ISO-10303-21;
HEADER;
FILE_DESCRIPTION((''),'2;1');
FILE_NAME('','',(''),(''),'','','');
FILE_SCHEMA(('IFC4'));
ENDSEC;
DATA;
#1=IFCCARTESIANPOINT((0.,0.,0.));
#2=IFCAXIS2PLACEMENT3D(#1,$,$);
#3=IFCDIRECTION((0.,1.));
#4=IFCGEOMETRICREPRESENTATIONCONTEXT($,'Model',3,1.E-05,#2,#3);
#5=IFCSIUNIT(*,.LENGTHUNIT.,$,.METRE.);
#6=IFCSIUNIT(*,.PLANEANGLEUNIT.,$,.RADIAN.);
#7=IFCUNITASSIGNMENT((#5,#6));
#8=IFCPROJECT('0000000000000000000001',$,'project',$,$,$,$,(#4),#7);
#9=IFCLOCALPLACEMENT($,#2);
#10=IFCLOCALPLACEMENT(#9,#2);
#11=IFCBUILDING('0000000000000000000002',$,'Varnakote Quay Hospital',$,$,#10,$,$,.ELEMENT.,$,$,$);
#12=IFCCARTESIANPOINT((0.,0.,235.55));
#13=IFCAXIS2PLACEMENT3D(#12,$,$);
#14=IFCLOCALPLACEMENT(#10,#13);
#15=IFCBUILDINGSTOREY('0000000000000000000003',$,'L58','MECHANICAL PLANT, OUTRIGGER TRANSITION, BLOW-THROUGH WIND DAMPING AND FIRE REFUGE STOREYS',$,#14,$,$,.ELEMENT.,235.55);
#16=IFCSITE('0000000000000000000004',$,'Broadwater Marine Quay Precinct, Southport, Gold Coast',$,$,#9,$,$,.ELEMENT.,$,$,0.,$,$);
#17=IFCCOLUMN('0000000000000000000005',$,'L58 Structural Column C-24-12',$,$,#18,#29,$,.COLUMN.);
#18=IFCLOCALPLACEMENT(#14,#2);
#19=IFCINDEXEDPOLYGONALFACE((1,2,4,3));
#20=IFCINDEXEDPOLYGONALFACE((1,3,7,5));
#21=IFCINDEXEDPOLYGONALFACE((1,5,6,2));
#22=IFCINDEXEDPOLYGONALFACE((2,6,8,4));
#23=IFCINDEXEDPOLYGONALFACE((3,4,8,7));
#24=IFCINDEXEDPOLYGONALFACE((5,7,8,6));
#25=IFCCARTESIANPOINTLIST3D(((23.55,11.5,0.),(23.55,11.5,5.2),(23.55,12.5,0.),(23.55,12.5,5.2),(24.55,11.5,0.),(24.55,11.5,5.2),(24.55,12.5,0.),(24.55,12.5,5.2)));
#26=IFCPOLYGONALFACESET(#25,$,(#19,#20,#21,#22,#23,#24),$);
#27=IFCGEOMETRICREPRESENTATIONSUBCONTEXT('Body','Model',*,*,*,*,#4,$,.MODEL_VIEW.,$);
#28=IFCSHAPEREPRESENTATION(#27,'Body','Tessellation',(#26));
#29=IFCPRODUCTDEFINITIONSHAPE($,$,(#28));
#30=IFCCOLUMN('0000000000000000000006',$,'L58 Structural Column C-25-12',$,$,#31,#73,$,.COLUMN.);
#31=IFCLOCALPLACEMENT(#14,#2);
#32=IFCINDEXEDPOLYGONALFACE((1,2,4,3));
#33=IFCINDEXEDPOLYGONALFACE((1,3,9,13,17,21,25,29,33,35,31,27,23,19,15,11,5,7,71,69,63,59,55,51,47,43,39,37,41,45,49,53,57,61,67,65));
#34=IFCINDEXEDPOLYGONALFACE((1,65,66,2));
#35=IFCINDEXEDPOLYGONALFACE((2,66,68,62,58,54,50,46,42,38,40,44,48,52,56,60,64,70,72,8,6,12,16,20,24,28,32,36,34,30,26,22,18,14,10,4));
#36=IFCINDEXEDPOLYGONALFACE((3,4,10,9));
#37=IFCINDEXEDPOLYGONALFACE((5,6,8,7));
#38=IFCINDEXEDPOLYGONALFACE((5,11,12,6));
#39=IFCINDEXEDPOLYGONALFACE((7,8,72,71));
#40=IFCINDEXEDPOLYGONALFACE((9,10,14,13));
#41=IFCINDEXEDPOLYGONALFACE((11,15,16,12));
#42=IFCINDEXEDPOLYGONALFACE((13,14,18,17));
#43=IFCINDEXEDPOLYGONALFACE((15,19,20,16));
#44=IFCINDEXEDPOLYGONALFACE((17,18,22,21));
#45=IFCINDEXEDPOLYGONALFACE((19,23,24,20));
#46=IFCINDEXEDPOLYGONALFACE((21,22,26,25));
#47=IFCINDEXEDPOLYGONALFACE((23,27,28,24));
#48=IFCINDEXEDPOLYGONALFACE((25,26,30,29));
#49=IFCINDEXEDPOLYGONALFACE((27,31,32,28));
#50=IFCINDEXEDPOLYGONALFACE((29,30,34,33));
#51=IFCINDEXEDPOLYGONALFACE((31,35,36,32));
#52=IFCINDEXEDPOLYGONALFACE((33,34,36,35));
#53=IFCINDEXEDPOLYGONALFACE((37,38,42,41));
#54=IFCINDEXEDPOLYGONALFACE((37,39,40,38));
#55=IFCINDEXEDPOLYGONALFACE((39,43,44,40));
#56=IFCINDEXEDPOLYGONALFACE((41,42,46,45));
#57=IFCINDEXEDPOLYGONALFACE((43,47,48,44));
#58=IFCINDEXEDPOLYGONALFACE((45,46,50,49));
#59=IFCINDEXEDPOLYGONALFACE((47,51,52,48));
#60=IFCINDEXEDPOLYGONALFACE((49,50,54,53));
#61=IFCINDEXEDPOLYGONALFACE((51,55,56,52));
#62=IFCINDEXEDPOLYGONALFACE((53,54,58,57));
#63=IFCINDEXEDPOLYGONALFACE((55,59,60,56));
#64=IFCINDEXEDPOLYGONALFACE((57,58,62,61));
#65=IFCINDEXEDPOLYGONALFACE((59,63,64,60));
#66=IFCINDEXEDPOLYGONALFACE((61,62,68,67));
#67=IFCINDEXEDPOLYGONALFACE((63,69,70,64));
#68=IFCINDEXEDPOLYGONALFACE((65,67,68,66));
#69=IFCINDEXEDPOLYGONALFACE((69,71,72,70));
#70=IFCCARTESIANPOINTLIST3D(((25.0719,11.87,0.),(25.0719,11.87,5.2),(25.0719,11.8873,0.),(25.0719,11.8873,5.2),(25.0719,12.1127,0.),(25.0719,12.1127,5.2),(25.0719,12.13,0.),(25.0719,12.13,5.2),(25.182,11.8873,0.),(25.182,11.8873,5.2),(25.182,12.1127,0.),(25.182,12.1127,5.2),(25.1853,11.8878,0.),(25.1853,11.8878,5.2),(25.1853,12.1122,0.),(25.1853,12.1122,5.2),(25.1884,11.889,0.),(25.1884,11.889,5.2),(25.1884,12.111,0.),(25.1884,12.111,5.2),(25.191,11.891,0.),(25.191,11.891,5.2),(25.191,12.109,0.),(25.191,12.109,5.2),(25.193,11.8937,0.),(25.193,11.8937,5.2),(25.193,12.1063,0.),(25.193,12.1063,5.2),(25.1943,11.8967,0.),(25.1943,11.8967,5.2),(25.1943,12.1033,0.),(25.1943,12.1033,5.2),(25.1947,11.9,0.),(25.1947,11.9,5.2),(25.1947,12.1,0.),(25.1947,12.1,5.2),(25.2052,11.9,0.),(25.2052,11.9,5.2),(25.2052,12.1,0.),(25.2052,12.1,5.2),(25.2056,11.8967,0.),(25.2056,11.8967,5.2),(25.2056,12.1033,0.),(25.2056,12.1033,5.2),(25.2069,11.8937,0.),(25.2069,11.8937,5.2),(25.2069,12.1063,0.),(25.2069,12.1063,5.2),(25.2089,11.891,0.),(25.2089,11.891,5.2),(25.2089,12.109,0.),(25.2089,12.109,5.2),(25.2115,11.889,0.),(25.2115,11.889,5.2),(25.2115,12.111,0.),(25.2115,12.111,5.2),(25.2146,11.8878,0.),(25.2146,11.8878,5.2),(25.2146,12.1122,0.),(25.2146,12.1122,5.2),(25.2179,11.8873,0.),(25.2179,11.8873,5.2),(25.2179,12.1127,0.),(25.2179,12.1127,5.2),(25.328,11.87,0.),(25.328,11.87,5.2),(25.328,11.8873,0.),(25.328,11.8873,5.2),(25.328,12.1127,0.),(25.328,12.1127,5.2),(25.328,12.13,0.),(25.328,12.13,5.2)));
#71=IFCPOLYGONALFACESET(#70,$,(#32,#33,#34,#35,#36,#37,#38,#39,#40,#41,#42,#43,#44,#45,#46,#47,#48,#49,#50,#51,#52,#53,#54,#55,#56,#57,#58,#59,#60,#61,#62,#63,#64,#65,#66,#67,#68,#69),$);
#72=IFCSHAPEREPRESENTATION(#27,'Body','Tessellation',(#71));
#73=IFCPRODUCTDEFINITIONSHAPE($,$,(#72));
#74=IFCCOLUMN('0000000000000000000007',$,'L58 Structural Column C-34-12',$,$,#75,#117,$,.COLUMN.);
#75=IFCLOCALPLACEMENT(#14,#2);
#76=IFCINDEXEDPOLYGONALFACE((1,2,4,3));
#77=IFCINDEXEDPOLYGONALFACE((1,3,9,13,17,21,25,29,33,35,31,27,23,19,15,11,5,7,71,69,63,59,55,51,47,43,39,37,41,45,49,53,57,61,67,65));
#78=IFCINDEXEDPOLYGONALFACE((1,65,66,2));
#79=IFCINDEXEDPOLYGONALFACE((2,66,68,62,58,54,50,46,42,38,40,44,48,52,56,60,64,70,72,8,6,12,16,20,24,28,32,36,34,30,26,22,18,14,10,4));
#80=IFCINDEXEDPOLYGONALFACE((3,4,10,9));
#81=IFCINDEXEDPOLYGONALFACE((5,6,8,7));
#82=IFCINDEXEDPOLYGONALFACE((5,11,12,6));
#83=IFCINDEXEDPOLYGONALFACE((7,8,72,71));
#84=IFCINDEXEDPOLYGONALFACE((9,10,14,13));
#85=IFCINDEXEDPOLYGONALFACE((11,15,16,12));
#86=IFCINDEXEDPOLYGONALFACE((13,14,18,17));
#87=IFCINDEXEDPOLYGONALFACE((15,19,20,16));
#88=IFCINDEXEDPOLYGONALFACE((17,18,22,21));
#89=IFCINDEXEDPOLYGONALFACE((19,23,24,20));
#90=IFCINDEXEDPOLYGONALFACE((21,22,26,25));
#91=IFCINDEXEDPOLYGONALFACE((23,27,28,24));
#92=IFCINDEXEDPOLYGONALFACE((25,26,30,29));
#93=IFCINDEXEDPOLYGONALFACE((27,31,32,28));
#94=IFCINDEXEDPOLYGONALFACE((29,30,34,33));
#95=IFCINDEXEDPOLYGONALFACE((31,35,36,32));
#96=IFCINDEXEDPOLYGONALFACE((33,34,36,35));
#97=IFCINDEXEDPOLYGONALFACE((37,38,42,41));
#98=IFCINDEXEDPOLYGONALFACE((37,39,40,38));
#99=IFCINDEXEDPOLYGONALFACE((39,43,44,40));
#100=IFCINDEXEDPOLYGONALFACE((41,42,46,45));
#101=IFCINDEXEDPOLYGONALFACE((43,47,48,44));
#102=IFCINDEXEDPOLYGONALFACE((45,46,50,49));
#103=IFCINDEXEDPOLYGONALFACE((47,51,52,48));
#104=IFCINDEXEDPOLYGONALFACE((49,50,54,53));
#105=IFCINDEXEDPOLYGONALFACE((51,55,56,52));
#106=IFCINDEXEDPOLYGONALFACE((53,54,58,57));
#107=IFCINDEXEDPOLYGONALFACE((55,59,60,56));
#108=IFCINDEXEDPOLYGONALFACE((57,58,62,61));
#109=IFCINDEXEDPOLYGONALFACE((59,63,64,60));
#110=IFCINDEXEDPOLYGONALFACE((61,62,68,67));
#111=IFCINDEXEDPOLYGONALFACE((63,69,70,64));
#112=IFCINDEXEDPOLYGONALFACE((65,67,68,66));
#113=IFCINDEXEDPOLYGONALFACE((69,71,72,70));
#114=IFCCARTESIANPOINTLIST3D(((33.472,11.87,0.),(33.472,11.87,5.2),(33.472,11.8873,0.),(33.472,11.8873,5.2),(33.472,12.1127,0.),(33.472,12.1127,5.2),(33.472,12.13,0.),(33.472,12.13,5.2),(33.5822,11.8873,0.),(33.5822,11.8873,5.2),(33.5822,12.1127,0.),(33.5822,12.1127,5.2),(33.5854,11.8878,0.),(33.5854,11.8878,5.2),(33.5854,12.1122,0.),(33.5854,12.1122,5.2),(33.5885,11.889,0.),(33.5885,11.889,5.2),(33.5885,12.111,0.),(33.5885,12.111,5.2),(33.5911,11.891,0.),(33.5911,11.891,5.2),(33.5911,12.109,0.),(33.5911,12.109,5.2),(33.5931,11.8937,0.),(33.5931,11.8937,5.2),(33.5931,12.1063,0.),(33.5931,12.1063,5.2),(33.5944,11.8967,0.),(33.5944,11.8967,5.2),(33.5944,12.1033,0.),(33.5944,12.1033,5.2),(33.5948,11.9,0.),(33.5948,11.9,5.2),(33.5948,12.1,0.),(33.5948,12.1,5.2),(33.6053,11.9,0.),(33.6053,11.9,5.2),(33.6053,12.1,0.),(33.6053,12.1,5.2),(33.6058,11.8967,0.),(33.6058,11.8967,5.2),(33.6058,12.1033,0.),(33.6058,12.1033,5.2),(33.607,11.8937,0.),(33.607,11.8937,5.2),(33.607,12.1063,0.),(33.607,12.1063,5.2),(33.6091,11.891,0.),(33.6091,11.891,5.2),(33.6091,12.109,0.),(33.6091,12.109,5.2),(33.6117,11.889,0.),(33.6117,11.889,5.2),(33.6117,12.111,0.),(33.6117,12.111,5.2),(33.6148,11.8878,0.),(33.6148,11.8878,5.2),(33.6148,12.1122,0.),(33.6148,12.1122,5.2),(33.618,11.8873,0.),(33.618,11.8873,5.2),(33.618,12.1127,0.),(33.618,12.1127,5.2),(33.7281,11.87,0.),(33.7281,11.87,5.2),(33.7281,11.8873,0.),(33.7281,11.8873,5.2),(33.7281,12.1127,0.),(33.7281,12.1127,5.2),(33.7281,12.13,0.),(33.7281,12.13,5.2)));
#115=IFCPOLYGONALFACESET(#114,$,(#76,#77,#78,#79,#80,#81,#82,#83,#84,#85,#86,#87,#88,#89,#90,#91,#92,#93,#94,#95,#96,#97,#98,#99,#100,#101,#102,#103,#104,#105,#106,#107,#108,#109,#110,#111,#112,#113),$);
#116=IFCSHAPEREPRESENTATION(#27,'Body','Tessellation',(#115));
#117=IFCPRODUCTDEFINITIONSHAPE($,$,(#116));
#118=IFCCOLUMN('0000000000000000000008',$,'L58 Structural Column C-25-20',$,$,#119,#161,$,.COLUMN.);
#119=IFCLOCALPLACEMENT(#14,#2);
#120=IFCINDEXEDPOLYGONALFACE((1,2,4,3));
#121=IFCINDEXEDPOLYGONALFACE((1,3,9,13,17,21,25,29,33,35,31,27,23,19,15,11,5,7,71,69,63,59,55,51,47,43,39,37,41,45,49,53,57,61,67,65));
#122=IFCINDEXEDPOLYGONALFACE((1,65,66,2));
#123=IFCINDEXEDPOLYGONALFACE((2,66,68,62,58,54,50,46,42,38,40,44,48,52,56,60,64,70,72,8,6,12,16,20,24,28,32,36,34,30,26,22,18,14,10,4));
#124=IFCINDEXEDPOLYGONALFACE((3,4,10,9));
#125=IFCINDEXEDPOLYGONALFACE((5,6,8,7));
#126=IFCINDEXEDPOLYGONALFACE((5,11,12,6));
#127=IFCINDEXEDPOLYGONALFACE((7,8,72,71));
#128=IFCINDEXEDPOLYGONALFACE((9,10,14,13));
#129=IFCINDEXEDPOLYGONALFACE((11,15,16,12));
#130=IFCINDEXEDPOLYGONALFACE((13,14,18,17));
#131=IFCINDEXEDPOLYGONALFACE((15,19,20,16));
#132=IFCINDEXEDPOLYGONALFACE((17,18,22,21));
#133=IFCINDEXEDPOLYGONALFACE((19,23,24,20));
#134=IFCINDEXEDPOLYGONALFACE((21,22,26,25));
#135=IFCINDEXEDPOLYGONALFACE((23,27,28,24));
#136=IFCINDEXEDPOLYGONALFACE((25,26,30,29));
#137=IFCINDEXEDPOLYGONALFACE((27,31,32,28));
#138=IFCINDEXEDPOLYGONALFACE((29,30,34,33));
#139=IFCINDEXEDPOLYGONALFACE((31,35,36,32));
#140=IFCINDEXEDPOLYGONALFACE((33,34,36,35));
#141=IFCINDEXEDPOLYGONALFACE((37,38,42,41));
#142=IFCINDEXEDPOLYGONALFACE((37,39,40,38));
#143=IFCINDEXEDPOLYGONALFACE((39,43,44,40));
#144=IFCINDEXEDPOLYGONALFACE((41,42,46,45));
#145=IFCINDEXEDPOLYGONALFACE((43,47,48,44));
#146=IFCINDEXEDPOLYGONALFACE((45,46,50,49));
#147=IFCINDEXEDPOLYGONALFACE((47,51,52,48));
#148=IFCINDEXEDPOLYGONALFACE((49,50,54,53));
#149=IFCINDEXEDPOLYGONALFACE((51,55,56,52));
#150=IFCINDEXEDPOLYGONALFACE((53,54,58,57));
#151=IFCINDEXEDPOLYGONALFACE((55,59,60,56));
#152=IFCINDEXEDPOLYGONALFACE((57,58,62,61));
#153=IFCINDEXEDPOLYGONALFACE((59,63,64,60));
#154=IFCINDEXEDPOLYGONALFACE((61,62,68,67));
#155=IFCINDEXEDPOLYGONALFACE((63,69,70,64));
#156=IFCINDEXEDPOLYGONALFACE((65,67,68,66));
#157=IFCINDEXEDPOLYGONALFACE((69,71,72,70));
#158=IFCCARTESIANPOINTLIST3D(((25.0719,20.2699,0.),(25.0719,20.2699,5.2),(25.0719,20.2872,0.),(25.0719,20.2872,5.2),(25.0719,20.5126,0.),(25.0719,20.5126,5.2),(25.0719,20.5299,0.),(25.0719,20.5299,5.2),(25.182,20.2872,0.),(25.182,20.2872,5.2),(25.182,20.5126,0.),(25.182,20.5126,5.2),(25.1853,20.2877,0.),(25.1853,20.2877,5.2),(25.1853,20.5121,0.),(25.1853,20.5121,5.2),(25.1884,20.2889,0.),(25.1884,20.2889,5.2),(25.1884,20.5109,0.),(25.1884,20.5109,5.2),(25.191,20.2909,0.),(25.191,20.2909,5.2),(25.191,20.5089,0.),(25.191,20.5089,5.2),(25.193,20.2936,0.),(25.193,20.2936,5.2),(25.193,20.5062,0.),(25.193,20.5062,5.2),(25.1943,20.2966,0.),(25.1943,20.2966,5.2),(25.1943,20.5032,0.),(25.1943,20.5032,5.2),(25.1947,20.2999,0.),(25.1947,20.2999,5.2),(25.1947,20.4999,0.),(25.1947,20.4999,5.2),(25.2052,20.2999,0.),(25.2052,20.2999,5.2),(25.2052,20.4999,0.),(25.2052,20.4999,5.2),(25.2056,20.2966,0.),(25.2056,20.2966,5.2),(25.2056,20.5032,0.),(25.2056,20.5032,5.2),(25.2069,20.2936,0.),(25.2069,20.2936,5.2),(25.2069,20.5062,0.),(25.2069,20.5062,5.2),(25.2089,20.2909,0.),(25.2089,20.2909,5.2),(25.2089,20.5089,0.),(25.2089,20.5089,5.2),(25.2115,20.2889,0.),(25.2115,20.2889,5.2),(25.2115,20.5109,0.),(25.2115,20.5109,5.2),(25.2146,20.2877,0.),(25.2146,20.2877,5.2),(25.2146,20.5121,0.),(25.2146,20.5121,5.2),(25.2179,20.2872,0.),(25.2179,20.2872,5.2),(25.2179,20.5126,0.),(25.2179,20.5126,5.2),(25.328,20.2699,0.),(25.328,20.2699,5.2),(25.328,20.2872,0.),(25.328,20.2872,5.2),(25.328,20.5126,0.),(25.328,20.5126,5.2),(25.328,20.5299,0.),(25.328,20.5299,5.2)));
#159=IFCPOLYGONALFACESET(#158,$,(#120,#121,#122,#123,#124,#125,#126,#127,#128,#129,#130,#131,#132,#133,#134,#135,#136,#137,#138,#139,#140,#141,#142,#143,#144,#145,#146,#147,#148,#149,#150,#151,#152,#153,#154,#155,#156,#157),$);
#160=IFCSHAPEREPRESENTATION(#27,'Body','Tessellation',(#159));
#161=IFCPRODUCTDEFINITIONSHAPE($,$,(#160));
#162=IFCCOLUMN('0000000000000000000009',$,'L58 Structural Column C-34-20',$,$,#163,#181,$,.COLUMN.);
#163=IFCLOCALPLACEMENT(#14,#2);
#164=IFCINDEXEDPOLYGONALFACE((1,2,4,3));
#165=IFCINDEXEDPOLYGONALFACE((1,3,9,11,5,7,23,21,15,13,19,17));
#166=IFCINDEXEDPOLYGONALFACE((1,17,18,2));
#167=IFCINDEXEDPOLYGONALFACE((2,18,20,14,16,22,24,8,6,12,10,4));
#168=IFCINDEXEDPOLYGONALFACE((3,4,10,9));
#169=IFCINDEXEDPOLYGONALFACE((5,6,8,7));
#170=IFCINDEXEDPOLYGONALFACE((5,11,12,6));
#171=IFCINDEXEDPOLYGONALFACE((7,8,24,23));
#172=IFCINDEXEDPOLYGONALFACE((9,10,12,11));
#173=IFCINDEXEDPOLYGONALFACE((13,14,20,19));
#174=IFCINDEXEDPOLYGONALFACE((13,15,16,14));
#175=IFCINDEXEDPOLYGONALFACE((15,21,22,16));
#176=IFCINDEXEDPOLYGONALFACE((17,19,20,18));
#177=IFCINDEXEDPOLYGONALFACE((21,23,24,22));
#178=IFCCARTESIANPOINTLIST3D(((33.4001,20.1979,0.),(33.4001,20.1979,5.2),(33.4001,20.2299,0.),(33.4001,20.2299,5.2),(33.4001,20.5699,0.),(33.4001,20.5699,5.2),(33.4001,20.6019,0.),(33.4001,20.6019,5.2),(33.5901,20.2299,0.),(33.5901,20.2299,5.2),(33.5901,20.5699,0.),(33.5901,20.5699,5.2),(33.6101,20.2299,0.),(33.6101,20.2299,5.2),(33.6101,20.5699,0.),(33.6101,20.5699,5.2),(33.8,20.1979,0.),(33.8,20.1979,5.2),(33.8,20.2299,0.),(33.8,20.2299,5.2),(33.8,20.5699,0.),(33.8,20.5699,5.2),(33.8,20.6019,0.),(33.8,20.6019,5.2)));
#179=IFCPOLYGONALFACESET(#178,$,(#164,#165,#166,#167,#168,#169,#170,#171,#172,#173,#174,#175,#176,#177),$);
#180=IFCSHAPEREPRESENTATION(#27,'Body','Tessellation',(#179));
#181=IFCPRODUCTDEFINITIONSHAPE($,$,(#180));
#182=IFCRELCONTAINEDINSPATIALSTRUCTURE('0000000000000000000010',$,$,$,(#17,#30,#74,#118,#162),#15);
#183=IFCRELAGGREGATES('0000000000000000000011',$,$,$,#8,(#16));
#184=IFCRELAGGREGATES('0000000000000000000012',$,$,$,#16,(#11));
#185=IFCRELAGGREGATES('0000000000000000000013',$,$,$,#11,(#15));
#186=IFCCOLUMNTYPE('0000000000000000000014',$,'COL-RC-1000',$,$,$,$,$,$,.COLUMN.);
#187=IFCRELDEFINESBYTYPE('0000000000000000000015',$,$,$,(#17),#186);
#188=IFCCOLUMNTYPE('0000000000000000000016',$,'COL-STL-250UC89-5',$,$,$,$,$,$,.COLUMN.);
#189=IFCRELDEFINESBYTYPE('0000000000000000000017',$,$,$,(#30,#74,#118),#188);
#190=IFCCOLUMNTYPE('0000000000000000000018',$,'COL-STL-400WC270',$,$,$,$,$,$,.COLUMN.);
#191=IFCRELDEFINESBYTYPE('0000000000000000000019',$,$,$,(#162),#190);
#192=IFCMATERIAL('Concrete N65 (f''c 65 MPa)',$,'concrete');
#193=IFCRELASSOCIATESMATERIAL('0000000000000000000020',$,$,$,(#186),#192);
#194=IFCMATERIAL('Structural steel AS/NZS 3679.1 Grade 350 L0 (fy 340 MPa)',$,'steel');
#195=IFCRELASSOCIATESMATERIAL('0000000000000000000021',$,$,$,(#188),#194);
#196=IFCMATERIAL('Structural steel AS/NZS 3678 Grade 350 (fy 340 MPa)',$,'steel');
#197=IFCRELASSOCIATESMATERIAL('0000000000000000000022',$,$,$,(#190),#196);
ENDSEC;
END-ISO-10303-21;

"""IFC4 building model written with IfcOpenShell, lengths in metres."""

from ifc_helpers import new_model, si_unit, direction, frame, origin, origin_2d, place, context, subcontext, project, spatial, rectangle, i_section, extrude, material, material_profile, profile_set, type_object, element, save


model = new_model("IFC4")

# Units and contexts
model_context = context("Model", 3, precision=1e-05, world=origin(), true_north=direction((0.0, 1.0)))
body_context = subcontext(model_context, "Body", "Model", "MODEL_VIEW")
ifc_project = project(units=[si_unit("LENGTHUNIT", "METRE"), si_unit("PLANEANGLEUNIT", "RADIAN")], contexts=[model_context])

# Site, building, storey
site_placement = place(None, origin())
site = spatial("IfcSite", under=ifc_project, at=site_placement, Name="Broadwater Marine Quay Precinct, Southport, Gold Coast", CompositionType="ELEMENT", RefElevation=0.0)
building_placement = place(site_placement, origin())
building = spatial("IfcBuilding", under=site, at=building_placement, Name="Varnakote Quay Hospital", CompositionType="ELEMENT")
storey_placement = place(building_placement, frame((0.0, 0.0, 235.55)))
storey = spatial("IfcBuildingStorey", under=building, at=storey_placement, Name="L58", Description="MECHANICAL PLANT, OUTRIGGER TRANSITION, BLOW-THROUGH WIND DAMPING AND FIRE REFUGE STOREYS", CompositionType="ELEMENT", Elevation=235.55)

# Columns
ifc_material_1 = material(Name="Concrete N65 (f'c 65 MPa)", Category="concrete")
ifc_material_profile_1 = material_profile(ifc_material_1, rectangle(XDim=1.0, YDim=1.0, at=origin_2d()), Name="RC-COL-1000x1000")
ifc_profile_set_1 = profile_set([ifc_material_profile_1], Name="Concrete N65 (f'c 65 MPa)")
column_type_1 = type_object("IfcColumnType", Name="COL-RC-1000", PredefinedType="COLUMN", material=ifc_profile_set_1)
column_1_placement = place(storey_placement, frame((24.05, 12.0, 0.0), z_axis=(0.0, 0.0, 1.0), x_axis=(1.0, 0.0, 0.0)))
element("IfcColumn", 1, at=column_1_placement, inside=storey, type_object=column_type_1, Name="L58 Structural Column C-24-12", PredefinedType="COLUMN", context=body_context, shape_type="SweptSolid", body=[
    extrude(rectangle(XDim=1.0, YDim=1.0, at=origin_2d()), origin(), (0.0, 0.0, 1.0), 5.2),
])
ifc_material_2 = material(Name="Structural steel AS/NZS 3679.1 Grade 350 L0 (fy 340 MPa)", Category="steel")
ifc_material_profile_2 = material_profile(ifc_material_2, i_section(OverallWidth=0.2561, OverallDepth=0.26, WebThickness=0.0105, FlangeThickness=0.0173, FilletRadius=0.0127, at=origin_2d()), Name="250UC89.5")
ifc_profile_set_2 = profile_set([ifc_material_profile_2], Name="Structural steel AS/NZS 3679.1 Grade 350 L0 (fy 340 MPa)")
column_type_2 = type_object("IfcColumnType", Name="COL-STL-250UC89-5", PredefinedType="COLUMN", material=ifc_profile_set_2)
for number, where, z_axis, x_axis, name in (
    (2, (25.2, 12.0, 0.0), (0.0, 0.0, 1.0), (1.0, 0.0, 0.0), "L58 Structural Column C-25-12"),
    (3, (33.6001, 12.0, 0.0), (0.0, 0.0, 1.0), (1.0, 0.0, 0.0), "L58 Structural Column C-34-12"),
    (4, (25.2, 20.3999, 0.0), (0.0, 0.0, 1.0), (1.0, 0.0, 0.0), "L58 Structural Column C-25-20"),
):
    element("IfcColumn", number, at=place(storey_placement, frame(where, z_axis=z_axis, x_axis=x_axis)), inside=storey, type_object=column_type_2, Name=name, PredefinedType="COLUMN", context=body_context, shape_type="SweptSolid", body=[
        extrude(i_section(OverallWidth=0.2561, OverallDepth=0.26, WebThickness=0.0105, FlangeThickness=0.0173, FilletRadius=0.0127, at=origin_2d()), origin(), (0.0, 0.0, 1.0), 5.2),
    ])
ifc_material_3 = material(Name="Structural steel AS/NZS 3678 Grade 350 (fy 340 MPa)", Category="steel")
ifc_material_profile_3 = material_profile(ifc_material_3, i_section(OverallWidth=0.3999, OverallDepth=0.4041, WebThickness=0.02, FlangeThickness=0.032, at=origin_2d()), Name="400WC270")
ifc_profile_set_3 = profile_set([ifc_material_profile_3], Name="Structural steel AS/NZS 3678 Grade 350 (fy 340 MPa)")
column_type_3 = type_object("IfcColumnType", Name="COL-STL-400WC270", PredefinedType="COLUMN", material=ifc_profile_set_3)
column_2_placement = place(storey_placement, frame((33.6001, 20.3999, 0.0), z_axis=(0.0, 0.0, 1.0), x_axis=(1.0, 0.0, 0.0)))
element("IfcColumn", 5, at=column_2_placement, inside=storey, type_object=column_type_3, Name="L58 Structural Column C-34-20", PredefinedType="COLUMN", context=body_context, shape_type="SweptSolid", body=[
    extrude(i_section(OverallWidth=0.3999, OverallDepth=0.4041, WebThickness=0.02, FlangeThickness=0.032, at=origin_2d()), origin(), (0.0, 0.0, 1.0), 5.2),
])

save(model, "model.ifc")
